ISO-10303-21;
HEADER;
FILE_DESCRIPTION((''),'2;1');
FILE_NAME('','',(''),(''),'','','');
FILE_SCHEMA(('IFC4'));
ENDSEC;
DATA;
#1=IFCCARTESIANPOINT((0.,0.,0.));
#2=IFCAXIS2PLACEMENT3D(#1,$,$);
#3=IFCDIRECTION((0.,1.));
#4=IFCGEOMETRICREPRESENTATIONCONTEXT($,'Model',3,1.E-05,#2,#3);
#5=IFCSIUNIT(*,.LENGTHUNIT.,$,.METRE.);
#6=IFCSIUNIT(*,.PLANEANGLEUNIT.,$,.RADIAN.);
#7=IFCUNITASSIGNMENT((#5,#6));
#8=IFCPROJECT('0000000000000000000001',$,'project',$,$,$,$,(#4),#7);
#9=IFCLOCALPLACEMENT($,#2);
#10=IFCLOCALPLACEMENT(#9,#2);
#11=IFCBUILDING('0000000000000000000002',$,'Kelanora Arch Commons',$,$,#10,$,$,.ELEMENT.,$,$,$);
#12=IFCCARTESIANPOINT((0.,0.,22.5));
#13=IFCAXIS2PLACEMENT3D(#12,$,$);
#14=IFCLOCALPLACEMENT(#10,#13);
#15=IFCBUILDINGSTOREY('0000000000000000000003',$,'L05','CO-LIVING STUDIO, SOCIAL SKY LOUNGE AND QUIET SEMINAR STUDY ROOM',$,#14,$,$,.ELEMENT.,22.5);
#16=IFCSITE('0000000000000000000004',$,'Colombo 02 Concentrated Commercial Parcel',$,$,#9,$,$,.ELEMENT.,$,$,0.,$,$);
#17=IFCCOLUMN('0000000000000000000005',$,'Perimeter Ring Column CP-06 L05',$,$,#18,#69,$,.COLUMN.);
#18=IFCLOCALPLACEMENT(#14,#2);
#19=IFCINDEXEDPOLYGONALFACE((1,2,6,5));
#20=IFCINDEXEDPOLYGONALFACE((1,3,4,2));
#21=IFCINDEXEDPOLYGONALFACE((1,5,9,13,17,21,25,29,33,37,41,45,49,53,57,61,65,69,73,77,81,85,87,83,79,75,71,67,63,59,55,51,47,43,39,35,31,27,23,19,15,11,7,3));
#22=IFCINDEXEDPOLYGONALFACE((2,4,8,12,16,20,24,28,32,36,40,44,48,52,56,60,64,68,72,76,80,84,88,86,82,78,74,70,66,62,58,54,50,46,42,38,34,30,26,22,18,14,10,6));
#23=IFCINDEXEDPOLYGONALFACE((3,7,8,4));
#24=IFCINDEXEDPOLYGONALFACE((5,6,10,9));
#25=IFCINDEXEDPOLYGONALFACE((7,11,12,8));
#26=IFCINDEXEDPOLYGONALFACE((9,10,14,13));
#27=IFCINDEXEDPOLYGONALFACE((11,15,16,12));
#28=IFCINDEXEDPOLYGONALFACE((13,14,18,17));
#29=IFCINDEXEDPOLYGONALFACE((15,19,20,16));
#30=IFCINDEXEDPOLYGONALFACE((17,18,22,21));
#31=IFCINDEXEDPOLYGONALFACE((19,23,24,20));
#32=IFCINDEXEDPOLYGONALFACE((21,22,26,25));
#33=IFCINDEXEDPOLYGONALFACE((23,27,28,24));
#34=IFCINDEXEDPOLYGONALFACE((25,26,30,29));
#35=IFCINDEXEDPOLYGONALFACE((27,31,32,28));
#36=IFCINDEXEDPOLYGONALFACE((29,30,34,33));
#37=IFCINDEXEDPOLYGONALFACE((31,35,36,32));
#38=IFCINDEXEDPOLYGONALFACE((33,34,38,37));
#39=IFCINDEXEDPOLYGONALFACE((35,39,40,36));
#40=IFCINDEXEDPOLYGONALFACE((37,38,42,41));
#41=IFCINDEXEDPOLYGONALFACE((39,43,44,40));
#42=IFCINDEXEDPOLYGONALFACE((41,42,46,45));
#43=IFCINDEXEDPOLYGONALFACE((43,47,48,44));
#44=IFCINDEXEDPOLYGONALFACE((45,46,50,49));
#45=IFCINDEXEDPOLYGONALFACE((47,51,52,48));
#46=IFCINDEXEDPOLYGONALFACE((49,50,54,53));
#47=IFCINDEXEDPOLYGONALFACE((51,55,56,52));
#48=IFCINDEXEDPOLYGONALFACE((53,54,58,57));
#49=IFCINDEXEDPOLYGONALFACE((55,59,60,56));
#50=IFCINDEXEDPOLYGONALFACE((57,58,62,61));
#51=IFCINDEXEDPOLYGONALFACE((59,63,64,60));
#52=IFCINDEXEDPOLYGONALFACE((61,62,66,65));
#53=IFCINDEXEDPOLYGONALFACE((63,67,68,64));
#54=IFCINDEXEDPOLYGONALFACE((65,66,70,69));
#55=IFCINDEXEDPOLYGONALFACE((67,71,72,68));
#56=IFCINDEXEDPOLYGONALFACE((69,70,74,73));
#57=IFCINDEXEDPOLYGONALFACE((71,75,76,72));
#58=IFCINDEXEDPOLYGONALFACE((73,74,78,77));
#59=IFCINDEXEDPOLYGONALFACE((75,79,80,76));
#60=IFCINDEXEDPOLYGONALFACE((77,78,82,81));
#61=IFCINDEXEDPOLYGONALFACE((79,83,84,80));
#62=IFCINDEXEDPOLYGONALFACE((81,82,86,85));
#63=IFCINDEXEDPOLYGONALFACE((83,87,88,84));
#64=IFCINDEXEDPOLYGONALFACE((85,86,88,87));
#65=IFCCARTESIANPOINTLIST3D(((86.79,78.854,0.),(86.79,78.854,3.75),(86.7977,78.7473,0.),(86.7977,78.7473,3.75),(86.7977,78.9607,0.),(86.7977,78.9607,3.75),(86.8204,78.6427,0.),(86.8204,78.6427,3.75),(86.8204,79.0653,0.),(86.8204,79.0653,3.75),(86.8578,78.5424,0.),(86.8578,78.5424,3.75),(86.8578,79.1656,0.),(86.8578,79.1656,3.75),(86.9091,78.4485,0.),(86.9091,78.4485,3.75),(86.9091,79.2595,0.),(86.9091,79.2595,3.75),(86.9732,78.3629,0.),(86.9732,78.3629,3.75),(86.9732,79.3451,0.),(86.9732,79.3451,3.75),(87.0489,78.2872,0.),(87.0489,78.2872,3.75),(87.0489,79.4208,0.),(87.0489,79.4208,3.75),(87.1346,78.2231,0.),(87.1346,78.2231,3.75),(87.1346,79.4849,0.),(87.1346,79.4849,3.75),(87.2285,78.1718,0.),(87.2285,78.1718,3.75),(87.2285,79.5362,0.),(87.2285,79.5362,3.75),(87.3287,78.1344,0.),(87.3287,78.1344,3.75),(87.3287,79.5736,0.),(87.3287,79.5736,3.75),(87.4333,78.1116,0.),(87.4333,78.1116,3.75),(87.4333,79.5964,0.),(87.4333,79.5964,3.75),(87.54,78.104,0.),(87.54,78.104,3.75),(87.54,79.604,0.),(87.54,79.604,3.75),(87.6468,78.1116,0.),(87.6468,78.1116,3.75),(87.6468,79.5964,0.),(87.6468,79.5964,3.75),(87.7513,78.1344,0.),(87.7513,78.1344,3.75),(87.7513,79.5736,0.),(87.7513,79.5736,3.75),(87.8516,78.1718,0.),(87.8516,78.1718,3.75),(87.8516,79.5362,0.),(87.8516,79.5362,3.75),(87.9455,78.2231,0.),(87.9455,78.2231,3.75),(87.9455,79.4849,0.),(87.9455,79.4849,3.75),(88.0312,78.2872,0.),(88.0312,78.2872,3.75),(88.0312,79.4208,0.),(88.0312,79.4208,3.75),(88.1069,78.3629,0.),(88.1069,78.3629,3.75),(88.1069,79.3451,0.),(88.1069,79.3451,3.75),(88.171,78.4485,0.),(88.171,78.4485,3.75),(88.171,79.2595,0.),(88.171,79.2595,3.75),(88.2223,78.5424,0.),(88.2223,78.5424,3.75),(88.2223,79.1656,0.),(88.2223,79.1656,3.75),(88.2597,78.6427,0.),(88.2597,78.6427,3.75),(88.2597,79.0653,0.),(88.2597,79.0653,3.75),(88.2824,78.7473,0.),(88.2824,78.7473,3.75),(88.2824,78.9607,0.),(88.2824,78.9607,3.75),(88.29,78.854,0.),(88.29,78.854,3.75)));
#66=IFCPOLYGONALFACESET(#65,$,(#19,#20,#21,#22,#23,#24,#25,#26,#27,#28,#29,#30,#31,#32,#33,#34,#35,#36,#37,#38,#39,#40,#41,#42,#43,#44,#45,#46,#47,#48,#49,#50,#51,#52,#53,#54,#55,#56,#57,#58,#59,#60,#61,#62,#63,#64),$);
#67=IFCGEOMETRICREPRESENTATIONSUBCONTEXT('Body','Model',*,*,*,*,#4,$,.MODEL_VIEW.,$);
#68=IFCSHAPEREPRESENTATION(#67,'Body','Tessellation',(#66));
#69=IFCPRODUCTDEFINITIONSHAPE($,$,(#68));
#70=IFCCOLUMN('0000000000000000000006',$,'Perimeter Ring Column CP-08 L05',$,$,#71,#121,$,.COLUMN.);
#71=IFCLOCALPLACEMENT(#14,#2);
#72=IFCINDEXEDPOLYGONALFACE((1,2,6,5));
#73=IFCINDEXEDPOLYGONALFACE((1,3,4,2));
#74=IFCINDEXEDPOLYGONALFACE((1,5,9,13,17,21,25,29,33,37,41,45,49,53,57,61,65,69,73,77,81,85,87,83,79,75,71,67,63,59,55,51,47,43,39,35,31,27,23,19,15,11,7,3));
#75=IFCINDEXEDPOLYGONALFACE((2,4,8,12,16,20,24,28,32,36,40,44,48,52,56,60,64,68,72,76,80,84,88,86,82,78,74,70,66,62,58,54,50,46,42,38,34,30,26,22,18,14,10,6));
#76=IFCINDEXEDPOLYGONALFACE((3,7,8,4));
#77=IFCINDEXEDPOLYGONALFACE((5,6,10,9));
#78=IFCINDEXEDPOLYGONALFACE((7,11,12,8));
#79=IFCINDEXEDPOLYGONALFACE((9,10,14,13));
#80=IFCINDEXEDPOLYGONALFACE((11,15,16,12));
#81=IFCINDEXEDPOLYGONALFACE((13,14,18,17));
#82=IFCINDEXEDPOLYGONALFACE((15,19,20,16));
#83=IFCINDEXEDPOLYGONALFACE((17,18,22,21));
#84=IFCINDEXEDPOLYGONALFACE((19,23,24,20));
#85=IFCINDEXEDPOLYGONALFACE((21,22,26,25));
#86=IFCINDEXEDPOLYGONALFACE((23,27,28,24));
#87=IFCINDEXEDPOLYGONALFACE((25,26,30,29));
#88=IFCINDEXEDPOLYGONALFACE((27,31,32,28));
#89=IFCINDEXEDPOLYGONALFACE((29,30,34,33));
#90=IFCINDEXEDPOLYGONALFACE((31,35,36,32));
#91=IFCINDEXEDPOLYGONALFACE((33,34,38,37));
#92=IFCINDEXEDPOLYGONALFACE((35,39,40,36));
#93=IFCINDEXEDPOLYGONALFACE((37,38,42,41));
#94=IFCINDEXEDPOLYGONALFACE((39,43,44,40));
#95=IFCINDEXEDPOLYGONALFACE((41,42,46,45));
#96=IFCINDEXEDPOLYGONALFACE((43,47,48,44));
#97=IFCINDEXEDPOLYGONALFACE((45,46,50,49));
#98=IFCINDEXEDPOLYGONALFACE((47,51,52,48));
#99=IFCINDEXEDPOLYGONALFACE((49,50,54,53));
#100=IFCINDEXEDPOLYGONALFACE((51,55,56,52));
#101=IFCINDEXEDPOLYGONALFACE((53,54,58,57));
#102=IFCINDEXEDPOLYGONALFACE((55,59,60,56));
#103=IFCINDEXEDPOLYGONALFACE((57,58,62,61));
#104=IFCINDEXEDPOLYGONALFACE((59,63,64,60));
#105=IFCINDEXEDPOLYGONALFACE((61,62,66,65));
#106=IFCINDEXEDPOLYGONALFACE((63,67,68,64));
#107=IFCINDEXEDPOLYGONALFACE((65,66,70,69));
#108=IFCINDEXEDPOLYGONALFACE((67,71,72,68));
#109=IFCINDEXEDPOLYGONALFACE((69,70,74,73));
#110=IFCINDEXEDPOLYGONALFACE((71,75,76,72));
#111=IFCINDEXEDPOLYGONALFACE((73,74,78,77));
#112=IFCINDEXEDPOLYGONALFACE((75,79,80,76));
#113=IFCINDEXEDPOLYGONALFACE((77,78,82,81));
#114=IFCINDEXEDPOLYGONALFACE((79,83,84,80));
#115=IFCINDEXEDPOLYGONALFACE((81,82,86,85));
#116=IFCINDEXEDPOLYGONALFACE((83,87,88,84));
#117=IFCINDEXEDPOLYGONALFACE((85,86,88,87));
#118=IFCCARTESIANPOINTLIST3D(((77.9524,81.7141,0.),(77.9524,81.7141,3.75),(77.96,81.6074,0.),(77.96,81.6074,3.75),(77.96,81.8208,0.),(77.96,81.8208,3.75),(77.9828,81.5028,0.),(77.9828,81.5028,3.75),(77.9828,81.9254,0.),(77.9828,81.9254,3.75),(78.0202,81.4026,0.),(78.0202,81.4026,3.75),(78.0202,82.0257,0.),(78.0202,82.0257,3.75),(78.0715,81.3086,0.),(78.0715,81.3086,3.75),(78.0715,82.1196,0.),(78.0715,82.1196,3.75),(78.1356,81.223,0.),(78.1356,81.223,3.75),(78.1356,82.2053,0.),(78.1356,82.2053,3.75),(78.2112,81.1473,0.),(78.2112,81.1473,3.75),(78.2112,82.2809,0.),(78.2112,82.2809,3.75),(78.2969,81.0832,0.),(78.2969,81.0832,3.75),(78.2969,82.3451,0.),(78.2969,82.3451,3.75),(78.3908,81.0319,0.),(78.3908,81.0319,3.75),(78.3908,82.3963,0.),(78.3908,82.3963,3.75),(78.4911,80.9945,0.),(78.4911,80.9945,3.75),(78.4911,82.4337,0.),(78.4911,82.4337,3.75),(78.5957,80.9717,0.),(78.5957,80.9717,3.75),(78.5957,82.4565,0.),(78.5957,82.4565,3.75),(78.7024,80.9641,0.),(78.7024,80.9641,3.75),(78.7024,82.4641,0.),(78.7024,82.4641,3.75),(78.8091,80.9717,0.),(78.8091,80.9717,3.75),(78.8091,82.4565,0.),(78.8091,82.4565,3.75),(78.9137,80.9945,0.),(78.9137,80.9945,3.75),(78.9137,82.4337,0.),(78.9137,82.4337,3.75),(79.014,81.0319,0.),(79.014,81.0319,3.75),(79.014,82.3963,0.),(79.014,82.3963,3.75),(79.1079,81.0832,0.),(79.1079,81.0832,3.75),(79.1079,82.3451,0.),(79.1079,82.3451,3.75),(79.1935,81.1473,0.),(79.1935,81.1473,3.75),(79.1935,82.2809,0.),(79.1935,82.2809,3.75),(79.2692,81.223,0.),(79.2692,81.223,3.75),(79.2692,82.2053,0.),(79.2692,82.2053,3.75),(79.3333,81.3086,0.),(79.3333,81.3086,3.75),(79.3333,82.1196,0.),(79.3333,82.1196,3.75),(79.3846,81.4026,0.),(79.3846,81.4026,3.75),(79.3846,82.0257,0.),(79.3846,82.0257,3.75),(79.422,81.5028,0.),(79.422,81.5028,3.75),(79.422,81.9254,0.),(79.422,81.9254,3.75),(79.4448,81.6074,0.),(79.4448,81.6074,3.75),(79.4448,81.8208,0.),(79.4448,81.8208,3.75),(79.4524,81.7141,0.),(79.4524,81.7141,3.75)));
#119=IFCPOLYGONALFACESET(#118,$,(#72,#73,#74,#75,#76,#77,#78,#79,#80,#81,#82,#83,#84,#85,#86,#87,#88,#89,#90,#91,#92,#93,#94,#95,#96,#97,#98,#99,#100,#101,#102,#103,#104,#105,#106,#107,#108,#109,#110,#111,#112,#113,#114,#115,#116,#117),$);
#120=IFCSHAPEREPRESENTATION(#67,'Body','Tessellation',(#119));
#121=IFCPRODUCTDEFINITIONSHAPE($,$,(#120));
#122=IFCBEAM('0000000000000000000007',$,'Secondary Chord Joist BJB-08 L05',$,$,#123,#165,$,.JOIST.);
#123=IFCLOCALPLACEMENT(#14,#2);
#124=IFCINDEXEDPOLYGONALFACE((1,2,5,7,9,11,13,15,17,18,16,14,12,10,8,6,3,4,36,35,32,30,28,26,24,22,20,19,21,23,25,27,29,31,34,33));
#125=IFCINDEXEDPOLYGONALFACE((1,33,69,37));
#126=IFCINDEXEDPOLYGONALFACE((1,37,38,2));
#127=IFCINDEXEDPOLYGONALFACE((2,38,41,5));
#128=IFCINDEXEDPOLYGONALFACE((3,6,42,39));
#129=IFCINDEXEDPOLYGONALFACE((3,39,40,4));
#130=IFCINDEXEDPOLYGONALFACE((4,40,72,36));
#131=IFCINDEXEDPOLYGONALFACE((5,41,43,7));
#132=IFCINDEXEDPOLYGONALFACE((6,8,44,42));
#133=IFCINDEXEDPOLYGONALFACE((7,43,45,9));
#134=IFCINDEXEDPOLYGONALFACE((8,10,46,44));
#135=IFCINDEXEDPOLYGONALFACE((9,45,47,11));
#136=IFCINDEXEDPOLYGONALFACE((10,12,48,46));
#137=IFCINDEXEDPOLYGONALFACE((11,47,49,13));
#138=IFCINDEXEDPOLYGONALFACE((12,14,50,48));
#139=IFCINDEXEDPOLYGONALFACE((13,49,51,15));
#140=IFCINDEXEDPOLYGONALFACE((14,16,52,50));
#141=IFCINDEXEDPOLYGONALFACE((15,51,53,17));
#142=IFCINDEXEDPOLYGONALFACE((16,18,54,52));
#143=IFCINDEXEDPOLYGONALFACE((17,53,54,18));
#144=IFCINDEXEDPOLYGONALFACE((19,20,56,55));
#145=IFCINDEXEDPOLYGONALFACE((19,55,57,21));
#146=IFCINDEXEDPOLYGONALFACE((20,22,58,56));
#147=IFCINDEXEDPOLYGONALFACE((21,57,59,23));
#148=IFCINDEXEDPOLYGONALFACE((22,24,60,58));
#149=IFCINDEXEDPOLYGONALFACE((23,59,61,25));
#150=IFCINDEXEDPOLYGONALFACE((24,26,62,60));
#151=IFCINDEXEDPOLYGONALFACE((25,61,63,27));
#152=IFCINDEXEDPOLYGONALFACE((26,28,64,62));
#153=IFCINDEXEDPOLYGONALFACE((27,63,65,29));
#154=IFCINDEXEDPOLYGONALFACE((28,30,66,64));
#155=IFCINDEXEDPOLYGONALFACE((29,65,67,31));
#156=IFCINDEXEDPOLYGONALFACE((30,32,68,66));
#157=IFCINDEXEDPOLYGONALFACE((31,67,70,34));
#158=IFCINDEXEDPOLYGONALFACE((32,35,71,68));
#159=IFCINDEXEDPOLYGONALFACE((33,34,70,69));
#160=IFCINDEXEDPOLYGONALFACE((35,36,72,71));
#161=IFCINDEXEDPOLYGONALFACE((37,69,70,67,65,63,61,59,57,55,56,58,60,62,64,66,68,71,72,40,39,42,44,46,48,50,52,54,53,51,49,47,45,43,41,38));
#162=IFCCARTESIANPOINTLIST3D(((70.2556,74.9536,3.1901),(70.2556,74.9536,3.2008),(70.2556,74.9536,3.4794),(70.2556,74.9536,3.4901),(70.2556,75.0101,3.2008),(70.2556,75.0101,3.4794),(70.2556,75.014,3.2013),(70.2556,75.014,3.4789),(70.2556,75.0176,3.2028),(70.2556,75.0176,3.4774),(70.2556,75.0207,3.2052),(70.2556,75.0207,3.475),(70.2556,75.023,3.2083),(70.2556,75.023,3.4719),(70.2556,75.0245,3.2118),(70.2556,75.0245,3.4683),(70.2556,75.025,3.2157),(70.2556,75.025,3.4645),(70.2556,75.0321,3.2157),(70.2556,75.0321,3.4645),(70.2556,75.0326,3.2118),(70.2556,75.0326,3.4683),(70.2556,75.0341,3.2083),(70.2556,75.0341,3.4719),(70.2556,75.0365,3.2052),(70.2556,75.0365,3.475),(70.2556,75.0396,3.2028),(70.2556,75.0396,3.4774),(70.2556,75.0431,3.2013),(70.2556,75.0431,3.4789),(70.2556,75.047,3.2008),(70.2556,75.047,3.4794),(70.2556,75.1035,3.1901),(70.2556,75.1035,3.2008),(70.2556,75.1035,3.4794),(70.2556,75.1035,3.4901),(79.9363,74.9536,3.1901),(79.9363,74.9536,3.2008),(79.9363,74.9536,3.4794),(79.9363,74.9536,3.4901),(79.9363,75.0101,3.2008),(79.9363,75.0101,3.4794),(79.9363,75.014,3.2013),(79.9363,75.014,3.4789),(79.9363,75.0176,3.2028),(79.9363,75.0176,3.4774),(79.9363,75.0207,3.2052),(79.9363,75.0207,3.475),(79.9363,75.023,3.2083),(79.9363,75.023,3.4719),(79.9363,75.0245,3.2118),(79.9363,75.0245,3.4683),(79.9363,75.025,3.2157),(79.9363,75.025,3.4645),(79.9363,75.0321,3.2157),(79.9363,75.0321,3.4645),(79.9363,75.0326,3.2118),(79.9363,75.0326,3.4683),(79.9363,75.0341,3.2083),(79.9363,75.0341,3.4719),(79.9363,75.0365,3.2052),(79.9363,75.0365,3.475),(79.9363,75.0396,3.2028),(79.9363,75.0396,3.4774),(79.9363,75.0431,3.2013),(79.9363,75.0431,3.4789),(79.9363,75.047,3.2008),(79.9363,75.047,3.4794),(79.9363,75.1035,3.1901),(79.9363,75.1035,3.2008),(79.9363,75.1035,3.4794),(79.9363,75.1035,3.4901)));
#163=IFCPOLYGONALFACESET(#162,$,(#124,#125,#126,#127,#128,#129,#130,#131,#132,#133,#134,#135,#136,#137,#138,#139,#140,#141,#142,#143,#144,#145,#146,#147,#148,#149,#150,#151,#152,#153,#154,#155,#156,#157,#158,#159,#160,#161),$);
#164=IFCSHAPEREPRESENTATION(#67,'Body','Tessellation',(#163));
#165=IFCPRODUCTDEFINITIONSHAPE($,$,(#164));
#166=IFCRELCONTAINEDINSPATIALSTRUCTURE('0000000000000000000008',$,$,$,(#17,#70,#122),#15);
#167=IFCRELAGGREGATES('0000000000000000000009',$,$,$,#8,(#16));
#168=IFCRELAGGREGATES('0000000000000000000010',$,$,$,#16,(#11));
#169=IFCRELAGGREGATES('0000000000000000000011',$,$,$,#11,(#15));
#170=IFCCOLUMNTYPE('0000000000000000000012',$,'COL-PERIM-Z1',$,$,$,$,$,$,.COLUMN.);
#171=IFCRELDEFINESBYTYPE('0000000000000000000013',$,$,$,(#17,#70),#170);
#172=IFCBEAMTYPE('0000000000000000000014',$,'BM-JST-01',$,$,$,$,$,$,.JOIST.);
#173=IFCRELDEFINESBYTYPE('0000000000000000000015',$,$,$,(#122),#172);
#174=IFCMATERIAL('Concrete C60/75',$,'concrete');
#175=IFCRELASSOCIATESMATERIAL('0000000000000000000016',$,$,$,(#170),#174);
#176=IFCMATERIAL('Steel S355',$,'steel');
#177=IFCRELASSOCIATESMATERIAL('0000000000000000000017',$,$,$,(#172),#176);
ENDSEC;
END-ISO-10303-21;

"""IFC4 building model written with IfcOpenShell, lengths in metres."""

from ifc_helpers import new_model, si_unit, direction, frame, origin, origin_2d, place, context, subcontext, project, spatial, circle, i_section, extrude, material, material_profile, profile_set, type_object, element, save


model = new_model("IFC4")

# Units and contexts
model_context = context("Model", 3, precision=1e-05, world=origin(), true_north=direction((0.0, 1.0)))
body_context = subcontext(model_context, "Body", "Model", "MODEL_VIEW")
ifc_project = project(units=[si_unit("LENGTHUNIT", "METRE"), si_unit("PLANEANGLEUNIT", "RADIAN")], contexts=[model_context])

# Site, building, storey
site_placement = place(None, origin())
site = spatial("IfcSite", under=ifc_project, at=site_placement, Name="Colombo 02 Concentrated Commercial Parcel", CompositionType="ELEMENT", RefElevation=0.0)
building_placement = place(site_placement, origin())
building = spatial("IfcBuilding", under=site, at=building_placement, Name="Kelanora Arch Commons", CompositionType="ELEMENT")
storey_placement = place(building_placement, frame((0.0, 0.0, 22.5)))
storey = spatial("IfcBuildingStorey", under=building, at=storey_placement, Name="L05", Description="CO-LIVING STUDIO, SOCIAL SKY LOUNGE AND QUIET SEMINAR STUDY ROOM", CompositionType="ELEMENT", Elevation=22.5)

# Columns
ifc_material_1 = material(Name="Concrete C60/75", Category="concrete")
ifc_material_profile_1 = material_profile(ifc_material_1, circle(Radius=0.75, at=origin_2d()), Name="RCC1500")
ifc_profile_set_1 = profile_set([ifc_material_profile_1], Name="Concrete C60/75")
column_type = type_object("IfcColumnType", Name="COL-PERIM-Z1", PredefinedType="COLUMN", material=ifc_profile_set_1)
for number, where, z_axis, x_axis, name in (
    (1, (87.54, 78.854, 0.0), (0.0, 0.0, 1.0), (1.0, 0.0, 0.0), "Perimeter Ring Column CP-06 L05"),
    (2, (78.7024, 81.7141, 0.0), (0.0, 0.0, 1.0), (1.0, 0.0, 0.0), "Perimeter Ring Column CP-08 L05"),
):
    element("IfcColumn", number, at=place(storey_placement, frame(where, z_axis=z_axis, x_axis=x_axis)), inside=storey, type_object=column_type, Name=name, PredefinedType="COLUMN", context=body_context, shape_type="SweptSolid", body=[
        extrude(circle(Radius=0.75, at=origin_2d()), origin(), (0.0, 0.0, 1.0), 3.75),
    ])

# Beam
ifc_material_2 = material(Name="Steel S355", Category="steel")
ifc_material_profile_2 = material_profile(ifc_material_2, i_section(OverallWidth=0.1499, OverallDepth=0.3, WebThickness=0.0071, FlangeThickness=0.0107, FilletRadius=0.0149, at=origin_2d()), Name="IPE300")
ifc_profile_set_2 = profile_set([ifc_material_profile_2], Name="Steel S355")
beam_type_1 = type_object("IfcBeamType", Name="BM-JST-01", PredefinedType="JOIST", material=ifc_profile_set_2)
beam_1_placement = place(storey_placement, frame((79.9363, 75.0286, 3.3401), z_axis=(-1.0, 0.0, 0.0), x_axis=(0.0, -1.0, 0.0)))
element("IfcBeam", 3, at=beam_1_placement, inside=storey, type_object=beam_type_1, Name="Secondary Chord Joist BJB-08 L05", PredefinedType="JOIST", context=body_context, shape_type="SweptSolid", body=[
    extrude(i_section(OverallWidth=0.1499, OverallDepth=0.3, WebThickness=0.0071, FlangeThickness=0.0107, FilletRadius=0.0149, at=origin_2d()), origin(), (0.0, 0.0, 1.0), 9.6807),
])

save(model, "model.ifc")
